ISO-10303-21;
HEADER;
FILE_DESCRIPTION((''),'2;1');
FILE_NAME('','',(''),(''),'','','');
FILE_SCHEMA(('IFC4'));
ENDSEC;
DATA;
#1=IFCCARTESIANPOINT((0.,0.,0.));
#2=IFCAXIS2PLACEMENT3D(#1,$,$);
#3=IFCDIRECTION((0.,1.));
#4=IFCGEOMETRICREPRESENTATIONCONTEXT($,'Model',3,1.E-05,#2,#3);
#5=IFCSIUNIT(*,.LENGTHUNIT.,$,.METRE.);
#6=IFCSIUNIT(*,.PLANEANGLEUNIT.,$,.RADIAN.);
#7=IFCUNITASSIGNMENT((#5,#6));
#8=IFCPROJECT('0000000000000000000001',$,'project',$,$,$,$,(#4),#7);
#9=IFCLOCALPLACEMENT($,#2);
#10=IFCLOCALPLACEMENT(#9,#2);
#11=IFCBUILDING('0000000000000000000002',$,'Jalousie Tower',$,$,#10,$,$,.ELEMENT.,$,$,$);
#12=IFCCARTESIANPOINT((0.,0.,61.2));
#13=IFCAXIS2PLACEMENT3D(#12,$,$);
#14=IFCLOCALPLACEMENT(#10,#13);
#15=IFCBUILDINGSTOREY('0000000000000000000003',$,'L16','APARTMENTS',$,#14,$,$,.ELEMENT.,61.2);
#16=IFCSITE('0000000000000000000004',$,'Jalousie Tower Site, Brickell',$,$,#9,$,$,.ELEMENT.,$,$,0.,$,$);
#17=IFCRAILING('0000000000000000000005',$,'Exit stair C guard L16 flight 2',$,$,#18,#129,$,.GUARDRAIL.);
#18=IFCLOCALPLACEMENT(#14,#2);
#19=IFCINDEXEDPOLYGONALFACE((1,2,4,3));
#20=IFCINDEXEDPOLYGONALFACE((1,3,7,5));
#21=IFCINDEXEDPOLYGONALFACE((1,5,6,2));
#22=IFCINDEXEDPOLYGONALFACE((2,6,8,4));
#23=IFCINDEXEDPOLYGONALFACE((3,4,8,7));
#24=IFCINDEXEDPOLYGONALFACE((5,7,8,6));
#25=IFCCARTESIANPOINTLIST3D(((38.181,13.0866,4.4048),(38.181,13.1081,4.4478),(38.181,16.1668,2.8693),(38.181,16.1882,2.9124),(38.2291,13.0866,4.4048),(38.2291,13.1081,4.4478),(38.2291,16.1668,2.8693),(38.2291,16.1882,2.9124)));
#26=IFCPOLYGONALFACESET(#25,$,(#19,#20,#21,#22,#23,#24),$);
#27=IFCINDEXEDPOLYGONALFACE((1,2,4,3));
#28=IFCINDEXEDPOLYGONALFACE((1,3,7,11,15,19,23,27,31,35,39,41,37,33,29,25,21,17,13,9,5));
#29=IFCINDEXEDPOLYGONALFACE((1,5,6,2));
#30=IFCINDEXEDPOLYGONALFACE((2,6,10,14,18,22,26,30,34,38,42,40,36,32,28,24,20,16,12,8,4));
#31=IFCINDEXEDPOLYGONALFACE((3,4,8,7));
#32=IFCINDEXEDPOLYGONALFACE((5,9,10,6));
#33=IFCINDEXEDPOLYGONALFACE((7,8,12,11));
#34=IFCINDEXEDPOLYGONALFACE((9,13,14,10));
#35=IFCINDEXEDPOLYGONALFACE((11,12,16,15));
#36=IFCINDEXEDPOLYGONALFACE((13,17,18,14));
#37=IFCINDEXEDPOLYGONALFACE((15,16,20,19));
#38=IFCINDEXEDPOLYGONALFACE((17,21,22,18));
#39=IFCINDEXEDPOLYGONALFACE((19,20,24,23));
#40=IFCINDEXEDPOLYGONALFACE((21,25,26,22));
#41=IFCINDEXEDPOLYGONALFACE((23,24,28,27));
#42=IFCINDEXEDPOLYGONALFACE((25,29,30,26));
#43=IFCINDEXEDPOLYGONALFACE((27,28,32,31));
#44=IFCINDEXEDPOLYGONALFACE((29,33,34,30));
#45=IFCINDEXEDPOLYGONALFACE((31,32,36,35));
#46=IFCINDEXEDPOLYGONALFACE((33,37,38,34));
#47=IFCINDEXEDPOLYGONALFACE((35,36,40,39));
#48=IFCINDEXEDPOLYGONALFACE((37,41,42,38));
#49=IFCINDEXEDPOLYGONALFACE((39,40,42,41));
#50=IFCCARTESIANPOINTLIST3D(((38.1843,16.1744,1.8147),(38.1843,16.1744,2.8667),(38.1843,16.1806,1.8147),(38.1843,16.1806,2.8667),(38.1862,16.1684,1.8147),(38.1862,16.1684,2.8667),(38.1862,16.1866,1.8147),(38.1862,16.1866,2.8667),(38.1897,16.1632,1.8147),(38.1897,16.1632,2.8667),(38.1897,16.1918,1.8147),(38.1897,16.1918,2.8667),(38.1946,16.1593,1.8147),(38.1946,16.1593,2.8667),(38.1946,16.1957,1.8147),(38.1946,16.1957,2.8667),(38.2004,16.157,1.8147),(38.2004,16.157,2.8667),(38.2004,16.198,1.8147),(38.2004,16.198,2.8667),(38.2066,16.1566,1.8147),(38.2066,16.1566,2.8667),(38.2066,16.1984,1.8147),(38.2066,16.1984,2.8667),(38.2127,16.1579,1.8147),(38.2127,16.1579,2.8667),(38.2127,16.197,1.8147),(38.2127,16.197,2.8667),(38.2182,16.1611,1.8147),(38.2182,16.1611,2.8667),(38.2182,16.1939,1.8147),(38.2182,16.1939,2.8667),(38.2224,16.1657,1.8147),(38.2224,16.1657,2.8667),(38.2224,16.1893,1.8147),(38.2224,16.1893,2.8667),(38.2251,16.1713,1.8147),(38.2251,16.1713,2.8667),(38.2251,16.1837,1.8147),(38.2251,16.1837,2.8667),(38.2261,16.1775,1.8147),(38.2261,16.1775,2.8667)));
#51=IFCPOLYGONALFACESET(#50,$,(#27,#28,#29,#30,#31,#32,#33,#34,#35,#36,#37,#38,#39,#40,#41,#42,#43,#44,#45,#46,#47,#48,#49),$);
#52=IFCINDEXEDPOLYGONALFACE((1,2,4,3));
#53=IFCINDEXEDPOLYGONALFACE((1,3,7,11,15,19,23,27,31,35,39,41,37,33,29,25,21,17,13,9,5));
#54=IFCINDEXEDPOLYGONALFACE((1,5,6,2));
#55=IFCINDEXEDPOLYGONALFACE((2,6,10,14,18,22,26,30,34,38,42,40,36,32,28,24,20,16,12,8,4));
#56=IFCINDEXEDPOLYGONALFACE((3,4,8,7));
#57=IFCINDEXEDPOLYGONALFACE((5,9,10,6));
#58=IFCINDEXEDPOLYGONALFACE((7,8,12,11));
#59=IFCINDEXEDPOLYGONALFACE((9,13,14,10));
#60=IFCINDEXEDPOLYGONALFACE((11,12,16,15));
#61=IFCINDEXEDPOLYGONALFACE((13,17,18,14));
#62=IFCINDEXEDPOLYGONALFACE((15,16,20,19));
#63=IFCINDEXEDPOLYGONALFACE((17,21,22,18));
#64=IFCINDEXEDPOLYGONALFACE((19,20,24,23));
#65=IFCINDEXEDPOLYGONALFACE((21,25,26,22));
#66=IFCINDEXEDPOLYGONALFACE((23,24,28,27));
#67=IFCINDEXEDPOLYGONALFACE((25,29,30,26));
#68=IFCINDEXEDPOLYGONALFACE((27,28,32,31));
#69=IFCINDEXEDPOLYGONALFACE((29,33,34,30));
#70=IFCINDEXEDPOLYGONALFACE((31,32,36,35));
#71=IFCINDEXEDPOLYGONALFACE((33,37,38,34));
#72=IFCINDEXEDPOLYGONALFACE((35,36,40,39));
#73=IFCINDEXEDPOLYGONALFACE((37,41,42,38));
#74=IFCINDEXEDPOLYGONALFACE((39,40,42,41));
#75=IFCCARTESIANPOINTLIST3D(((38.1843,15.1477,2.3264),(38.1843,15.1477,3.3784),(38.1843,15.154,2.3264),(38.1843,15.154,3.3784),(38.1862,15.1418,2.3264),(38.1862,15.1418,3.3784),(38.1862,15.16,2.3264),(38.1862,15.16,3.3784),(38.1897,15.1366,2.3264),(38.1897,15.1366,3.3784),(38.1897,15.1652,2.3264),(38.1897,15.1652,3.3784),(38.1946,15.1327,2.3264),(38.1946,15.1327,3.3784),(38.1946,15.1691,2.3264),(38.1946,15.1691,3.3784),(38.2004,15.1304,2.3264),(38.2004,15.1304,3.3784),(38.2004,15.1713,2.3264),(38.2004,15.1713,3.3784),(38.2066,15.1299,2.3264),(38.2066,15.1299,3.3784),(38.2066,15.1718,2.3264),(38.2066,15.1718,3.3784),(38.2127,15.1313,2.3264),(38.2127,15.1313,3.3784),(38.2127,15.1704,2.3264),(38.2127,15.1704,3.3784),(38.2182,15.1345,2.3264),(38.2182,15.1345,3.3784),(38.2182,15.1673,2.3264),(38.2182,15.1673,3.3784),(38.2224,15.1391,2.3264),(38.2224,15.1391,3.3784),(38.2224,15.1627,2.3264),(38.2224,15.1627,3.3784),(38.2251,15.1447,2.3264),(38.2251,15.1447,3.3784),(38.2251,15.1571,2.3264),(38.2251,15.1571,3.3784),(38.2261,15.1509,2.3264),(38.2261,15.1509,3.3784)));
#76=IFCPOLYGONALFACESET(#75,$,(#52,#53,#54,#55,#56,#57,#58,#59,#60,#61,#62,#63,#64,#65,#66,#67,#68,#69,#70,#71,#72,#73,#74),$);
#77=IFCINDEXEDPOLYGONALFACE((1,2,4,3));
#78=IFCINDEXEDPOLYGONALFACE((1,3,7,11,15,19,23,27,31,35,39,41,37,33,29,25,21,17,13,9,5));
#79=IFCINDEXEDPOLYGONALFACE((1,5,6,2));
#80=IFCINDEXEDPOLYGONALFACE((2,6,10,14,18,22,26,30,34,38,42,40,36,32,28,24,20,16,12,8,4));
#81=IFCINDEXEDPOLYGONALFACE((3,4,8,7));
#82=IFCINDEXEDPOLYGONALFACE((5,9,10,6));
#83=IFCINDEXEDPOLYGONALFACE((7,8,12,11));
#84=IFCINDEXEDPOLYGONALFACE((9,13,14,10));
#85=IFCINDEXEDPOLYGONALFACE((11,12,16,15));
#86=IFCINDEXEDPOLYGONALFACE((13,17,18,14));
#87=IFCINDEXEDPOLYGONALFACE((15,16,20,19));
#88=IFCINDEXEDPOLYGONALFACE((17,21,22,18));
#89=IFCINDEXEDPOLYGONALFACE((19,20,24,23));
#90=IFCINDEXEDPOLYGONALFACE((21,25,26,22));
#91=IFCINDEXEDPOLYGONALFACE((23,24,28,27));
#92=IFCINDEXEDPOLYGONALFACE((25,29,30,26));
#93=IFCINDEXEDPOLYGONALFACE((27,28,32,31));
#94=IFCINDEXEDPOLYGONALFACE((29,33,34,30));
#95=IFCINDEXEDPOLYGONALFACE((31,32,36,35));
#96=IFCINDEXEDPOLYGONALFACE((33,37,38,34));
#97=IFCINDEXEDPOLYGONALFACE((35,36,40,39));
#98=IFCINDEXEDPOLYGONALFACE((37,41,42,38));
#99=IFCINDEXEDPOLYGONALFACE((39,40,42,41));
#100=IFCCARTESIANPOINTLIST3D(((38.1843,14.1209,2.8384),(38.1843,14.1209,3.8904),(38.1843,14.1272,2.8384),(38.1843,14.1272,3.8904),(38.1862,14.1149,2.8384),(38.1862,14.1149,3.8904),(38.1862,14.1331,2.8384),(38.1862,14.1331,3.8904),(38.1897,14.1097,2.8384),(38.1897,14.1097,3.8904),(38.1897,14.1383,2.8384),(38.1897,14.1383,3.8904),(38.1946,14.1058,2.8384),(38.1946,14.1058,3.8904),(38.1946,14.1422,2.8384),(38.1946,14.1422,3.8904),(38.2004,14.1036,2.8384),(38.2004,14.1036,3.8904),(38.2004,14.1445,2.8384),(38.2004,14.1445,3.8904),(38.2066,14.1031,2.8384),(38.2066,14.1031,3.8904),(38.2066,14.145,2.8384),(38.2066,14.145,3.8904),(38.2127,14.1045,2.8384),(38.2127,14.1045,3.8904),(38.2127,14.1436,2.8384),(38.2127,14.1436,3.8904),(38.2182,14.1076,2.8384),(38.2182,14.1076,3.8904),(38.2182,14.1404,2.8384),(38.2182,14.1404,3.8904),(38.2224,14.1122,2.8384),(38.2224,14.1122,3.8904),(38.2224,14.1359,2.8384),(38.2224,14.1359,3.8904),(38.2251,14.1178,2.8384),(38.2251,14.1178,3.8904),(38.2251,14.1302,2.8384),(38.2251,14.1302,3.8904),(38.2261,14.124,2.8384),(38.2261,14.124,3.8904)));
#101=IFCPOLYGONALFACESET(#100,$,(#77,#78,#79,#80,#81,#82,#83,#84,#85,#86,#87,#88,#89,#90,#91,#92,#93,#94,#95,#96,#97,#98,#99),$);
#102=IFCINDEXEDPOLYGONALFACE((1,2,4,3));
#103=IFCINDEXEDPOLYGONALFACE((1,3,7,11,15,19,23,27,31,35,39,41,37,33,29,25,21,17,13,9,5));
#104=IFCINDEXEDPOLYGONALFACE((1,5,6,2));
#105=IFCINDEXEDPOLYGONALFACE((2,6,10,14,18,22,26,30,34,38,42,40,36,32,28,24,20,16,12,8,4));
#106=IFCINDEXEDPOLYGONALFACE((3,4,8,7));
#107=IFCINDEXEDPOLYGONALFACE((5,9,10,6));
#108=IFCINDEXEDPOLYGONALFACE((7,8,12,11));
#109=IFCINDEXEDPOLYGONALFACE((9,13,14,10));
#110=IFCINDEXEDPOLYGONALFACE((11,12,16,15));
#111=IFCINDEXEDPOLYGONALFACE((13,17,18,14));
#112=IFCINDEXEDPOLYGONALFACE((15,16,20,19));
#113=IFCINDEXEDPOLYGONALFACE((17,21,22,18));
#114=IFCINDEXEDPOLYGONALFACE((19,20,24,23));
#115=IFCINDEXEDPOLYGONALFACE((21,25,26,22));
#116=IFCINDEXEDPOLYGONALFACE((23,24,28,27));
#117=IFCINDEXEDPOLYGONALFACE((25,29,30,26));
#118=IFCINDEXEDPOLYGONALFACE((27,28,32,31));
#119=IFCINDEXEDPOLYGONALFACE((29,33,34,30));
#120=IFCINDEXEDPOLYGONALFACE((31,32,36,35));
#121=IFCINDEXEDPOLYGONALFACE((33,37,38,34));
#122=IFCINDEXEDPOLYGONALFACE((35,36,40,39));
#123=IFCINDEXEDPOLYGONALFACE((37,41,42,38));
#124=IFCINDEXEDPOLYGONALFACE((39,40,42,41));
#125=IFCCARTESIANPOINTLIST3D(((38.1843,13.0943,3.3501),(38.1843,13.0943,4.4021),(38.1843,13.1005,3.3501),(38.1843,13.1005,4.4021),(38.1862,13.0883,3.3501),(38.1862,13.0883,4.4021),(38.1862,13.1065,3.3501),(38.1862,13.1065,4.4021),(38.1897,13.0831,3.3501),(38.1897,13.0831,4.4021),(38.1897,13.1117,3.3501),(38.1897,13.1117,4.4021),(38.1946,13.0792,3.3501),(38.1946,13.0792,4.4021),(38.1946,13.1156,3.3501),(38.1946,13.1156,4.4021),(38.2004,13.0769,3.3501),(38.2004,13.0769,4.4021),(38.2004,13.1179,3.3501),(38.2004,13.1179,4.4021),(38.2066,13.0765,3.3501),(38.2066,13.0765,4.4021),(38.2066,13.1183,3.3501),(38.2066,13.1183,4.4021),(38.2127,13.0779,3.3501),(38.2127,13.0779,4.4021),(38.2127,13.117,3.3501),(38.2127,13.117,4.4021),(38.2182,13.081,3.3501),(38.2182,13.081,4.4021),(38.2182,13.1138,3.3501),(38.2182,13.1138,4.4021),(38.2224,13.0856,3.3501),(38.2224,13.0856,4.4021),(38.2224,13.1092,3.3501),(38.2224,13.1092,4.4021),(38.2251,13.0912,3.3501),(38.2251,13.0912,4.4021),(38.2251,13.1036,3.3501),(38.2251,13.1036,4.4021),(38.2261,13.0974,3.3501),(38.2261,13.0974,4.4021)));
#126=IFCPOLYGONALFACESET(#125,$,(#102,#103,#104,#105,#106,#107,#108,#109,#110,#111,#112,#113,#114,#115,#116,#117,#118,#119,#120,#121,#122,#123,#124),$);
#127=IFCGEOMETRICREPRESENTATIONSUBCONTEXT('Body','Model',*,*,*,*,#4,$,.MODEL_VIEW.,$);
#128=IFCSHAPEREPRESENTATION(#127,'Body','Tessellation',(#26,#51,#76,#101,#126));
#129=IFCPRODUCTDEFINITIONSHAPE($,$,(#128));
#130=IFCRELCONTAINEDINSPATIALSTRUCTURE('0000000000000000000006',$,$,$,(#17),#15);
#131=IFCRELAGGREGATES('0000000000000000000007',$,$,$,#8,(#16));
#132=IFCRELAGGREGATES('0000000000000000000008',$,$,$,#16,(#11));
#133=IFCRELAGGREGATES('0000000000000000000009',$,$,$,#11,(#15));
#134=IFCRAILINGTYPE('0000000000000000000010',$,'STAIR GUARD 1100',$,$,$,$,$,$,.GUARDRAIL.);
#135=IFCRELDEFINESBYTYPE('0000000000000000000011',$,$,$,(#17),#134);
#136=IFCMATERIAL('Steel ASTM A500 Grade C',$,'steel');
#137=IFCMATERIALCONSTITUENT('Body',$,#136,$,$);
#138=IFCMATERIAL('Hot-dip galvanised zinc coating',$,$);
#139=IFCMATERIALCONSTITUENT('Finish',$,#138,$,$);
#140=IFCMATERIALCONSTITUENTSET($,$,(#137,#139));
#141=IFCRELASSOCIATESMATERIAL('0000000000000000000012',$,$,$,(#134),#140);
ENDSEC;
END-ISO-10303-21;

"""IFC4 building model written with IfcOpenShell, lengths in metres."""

from ifc_helpers import new_model, si_unit, direction, frame, origin, origin_2d, place, context, subcontext, project, spatial, rectangle, circle, extrude, material, constituent, constituent_set, type_object, element, save


model = new_model("IFC4")

# Units and contexts
model_context = context("Model", 3, precision=1e-05, world=origin(), true_north=direction((0.0, 1.0)))
body_context = subcontext(model_context, "Body", "Model", "MODEL_VIEW")
ifc_project = project(units=[si_unit("LENGTHUNIT", "METRE"), si_unit("PLANEANGLEUNIT", "RADIAN")], contexts=[model_context])

# Site, building, storey
site_placement = place(None, origin())
site = spatial("IfcSite", under=ifc_project, at=site_placement, Name="Jalousie Tower Site, Brickell", CompositionType="ELEMENT", RefElevation=0.0)
building_placement = place(site_placement, origin())
building = spatial("IfcBuilding", under=site, at=building_placement, Name="Jalousie Tower", CompositionType="ELEMENT")
storey_placement = place(building_placement, frame((0.0, 0.0, 61.2)))
storey = spatial("IfcBuildingStorey", under=building, at=storey_placement, Name="L16", Description="APARTMENTS", CompositionType="ELEMENT", Elevation=61.2)

# Railing
ifc_material_1 = material(Name="Steel ASTM A500 Grade C", Category="steel")
ifc_constituent_1 = constituent(ifc_material_1, Name="Body")
ifc_material_2 = material(Name="Hot-dip galvanised zinc coating")
ifc_constituent_2 = constituent(ifc_material_2, Name="Finish")
ifc_constituent_set_1 = constituent_set(constituents=[ifc_constituent_1, ifc_constituent_2])
railing_type_1 = type_object("IfcRailingType", Name="STAIR GUARD 1100", PredefinedType="GUARDRAIL", material=ifc_constituent_set_1)
railing_1_placement = place(storey_placement, frame((38.2051, 16.1775, 1.8147)))
element("IfcRailing", 1, at=railing_1_placement, inside=storey, type_object=railing_type_1, Name="Exit stair C guard L16 flight 2", PredefinedType="GUARDRAIL", context=body_context, shape_type="SweptSolid", body=[
    extrude(rectangle(XDim=0.0481, YDim=0.0481, at=origin_2d()), frame((0.0, 0.0, 1.0762), z_axis=(0.0, -0.894966, 0.446135), x_axis=(1.0, 0.0, 0.0)), (0.0, 0.0, 1.0), 3.4417),
    extrude(circle(Radius=0.021, at=origin_2d()), origin(), (0.0, 0.0, 1.0), 1.052),
    extrude(circle(Radius=0.021, at=origin_2d()), frame((0.0, -1.0266, 0.5117)), (0.0, 0.0, 1.0), 1.052),
    extrude(circle(Radius=0.021, at=origin_2d()), frame((0.0, -2.0535, 1.0237)), (0.0, 0.0, 1.0), 1.052),
    extrude(circle(Radius=0.021, at=origin_2d()), frame((0.0, -3.0801, 1.5354)), (0.0, 0.0, 1.0), 1.052),
])

save(model, "model.ifc")
